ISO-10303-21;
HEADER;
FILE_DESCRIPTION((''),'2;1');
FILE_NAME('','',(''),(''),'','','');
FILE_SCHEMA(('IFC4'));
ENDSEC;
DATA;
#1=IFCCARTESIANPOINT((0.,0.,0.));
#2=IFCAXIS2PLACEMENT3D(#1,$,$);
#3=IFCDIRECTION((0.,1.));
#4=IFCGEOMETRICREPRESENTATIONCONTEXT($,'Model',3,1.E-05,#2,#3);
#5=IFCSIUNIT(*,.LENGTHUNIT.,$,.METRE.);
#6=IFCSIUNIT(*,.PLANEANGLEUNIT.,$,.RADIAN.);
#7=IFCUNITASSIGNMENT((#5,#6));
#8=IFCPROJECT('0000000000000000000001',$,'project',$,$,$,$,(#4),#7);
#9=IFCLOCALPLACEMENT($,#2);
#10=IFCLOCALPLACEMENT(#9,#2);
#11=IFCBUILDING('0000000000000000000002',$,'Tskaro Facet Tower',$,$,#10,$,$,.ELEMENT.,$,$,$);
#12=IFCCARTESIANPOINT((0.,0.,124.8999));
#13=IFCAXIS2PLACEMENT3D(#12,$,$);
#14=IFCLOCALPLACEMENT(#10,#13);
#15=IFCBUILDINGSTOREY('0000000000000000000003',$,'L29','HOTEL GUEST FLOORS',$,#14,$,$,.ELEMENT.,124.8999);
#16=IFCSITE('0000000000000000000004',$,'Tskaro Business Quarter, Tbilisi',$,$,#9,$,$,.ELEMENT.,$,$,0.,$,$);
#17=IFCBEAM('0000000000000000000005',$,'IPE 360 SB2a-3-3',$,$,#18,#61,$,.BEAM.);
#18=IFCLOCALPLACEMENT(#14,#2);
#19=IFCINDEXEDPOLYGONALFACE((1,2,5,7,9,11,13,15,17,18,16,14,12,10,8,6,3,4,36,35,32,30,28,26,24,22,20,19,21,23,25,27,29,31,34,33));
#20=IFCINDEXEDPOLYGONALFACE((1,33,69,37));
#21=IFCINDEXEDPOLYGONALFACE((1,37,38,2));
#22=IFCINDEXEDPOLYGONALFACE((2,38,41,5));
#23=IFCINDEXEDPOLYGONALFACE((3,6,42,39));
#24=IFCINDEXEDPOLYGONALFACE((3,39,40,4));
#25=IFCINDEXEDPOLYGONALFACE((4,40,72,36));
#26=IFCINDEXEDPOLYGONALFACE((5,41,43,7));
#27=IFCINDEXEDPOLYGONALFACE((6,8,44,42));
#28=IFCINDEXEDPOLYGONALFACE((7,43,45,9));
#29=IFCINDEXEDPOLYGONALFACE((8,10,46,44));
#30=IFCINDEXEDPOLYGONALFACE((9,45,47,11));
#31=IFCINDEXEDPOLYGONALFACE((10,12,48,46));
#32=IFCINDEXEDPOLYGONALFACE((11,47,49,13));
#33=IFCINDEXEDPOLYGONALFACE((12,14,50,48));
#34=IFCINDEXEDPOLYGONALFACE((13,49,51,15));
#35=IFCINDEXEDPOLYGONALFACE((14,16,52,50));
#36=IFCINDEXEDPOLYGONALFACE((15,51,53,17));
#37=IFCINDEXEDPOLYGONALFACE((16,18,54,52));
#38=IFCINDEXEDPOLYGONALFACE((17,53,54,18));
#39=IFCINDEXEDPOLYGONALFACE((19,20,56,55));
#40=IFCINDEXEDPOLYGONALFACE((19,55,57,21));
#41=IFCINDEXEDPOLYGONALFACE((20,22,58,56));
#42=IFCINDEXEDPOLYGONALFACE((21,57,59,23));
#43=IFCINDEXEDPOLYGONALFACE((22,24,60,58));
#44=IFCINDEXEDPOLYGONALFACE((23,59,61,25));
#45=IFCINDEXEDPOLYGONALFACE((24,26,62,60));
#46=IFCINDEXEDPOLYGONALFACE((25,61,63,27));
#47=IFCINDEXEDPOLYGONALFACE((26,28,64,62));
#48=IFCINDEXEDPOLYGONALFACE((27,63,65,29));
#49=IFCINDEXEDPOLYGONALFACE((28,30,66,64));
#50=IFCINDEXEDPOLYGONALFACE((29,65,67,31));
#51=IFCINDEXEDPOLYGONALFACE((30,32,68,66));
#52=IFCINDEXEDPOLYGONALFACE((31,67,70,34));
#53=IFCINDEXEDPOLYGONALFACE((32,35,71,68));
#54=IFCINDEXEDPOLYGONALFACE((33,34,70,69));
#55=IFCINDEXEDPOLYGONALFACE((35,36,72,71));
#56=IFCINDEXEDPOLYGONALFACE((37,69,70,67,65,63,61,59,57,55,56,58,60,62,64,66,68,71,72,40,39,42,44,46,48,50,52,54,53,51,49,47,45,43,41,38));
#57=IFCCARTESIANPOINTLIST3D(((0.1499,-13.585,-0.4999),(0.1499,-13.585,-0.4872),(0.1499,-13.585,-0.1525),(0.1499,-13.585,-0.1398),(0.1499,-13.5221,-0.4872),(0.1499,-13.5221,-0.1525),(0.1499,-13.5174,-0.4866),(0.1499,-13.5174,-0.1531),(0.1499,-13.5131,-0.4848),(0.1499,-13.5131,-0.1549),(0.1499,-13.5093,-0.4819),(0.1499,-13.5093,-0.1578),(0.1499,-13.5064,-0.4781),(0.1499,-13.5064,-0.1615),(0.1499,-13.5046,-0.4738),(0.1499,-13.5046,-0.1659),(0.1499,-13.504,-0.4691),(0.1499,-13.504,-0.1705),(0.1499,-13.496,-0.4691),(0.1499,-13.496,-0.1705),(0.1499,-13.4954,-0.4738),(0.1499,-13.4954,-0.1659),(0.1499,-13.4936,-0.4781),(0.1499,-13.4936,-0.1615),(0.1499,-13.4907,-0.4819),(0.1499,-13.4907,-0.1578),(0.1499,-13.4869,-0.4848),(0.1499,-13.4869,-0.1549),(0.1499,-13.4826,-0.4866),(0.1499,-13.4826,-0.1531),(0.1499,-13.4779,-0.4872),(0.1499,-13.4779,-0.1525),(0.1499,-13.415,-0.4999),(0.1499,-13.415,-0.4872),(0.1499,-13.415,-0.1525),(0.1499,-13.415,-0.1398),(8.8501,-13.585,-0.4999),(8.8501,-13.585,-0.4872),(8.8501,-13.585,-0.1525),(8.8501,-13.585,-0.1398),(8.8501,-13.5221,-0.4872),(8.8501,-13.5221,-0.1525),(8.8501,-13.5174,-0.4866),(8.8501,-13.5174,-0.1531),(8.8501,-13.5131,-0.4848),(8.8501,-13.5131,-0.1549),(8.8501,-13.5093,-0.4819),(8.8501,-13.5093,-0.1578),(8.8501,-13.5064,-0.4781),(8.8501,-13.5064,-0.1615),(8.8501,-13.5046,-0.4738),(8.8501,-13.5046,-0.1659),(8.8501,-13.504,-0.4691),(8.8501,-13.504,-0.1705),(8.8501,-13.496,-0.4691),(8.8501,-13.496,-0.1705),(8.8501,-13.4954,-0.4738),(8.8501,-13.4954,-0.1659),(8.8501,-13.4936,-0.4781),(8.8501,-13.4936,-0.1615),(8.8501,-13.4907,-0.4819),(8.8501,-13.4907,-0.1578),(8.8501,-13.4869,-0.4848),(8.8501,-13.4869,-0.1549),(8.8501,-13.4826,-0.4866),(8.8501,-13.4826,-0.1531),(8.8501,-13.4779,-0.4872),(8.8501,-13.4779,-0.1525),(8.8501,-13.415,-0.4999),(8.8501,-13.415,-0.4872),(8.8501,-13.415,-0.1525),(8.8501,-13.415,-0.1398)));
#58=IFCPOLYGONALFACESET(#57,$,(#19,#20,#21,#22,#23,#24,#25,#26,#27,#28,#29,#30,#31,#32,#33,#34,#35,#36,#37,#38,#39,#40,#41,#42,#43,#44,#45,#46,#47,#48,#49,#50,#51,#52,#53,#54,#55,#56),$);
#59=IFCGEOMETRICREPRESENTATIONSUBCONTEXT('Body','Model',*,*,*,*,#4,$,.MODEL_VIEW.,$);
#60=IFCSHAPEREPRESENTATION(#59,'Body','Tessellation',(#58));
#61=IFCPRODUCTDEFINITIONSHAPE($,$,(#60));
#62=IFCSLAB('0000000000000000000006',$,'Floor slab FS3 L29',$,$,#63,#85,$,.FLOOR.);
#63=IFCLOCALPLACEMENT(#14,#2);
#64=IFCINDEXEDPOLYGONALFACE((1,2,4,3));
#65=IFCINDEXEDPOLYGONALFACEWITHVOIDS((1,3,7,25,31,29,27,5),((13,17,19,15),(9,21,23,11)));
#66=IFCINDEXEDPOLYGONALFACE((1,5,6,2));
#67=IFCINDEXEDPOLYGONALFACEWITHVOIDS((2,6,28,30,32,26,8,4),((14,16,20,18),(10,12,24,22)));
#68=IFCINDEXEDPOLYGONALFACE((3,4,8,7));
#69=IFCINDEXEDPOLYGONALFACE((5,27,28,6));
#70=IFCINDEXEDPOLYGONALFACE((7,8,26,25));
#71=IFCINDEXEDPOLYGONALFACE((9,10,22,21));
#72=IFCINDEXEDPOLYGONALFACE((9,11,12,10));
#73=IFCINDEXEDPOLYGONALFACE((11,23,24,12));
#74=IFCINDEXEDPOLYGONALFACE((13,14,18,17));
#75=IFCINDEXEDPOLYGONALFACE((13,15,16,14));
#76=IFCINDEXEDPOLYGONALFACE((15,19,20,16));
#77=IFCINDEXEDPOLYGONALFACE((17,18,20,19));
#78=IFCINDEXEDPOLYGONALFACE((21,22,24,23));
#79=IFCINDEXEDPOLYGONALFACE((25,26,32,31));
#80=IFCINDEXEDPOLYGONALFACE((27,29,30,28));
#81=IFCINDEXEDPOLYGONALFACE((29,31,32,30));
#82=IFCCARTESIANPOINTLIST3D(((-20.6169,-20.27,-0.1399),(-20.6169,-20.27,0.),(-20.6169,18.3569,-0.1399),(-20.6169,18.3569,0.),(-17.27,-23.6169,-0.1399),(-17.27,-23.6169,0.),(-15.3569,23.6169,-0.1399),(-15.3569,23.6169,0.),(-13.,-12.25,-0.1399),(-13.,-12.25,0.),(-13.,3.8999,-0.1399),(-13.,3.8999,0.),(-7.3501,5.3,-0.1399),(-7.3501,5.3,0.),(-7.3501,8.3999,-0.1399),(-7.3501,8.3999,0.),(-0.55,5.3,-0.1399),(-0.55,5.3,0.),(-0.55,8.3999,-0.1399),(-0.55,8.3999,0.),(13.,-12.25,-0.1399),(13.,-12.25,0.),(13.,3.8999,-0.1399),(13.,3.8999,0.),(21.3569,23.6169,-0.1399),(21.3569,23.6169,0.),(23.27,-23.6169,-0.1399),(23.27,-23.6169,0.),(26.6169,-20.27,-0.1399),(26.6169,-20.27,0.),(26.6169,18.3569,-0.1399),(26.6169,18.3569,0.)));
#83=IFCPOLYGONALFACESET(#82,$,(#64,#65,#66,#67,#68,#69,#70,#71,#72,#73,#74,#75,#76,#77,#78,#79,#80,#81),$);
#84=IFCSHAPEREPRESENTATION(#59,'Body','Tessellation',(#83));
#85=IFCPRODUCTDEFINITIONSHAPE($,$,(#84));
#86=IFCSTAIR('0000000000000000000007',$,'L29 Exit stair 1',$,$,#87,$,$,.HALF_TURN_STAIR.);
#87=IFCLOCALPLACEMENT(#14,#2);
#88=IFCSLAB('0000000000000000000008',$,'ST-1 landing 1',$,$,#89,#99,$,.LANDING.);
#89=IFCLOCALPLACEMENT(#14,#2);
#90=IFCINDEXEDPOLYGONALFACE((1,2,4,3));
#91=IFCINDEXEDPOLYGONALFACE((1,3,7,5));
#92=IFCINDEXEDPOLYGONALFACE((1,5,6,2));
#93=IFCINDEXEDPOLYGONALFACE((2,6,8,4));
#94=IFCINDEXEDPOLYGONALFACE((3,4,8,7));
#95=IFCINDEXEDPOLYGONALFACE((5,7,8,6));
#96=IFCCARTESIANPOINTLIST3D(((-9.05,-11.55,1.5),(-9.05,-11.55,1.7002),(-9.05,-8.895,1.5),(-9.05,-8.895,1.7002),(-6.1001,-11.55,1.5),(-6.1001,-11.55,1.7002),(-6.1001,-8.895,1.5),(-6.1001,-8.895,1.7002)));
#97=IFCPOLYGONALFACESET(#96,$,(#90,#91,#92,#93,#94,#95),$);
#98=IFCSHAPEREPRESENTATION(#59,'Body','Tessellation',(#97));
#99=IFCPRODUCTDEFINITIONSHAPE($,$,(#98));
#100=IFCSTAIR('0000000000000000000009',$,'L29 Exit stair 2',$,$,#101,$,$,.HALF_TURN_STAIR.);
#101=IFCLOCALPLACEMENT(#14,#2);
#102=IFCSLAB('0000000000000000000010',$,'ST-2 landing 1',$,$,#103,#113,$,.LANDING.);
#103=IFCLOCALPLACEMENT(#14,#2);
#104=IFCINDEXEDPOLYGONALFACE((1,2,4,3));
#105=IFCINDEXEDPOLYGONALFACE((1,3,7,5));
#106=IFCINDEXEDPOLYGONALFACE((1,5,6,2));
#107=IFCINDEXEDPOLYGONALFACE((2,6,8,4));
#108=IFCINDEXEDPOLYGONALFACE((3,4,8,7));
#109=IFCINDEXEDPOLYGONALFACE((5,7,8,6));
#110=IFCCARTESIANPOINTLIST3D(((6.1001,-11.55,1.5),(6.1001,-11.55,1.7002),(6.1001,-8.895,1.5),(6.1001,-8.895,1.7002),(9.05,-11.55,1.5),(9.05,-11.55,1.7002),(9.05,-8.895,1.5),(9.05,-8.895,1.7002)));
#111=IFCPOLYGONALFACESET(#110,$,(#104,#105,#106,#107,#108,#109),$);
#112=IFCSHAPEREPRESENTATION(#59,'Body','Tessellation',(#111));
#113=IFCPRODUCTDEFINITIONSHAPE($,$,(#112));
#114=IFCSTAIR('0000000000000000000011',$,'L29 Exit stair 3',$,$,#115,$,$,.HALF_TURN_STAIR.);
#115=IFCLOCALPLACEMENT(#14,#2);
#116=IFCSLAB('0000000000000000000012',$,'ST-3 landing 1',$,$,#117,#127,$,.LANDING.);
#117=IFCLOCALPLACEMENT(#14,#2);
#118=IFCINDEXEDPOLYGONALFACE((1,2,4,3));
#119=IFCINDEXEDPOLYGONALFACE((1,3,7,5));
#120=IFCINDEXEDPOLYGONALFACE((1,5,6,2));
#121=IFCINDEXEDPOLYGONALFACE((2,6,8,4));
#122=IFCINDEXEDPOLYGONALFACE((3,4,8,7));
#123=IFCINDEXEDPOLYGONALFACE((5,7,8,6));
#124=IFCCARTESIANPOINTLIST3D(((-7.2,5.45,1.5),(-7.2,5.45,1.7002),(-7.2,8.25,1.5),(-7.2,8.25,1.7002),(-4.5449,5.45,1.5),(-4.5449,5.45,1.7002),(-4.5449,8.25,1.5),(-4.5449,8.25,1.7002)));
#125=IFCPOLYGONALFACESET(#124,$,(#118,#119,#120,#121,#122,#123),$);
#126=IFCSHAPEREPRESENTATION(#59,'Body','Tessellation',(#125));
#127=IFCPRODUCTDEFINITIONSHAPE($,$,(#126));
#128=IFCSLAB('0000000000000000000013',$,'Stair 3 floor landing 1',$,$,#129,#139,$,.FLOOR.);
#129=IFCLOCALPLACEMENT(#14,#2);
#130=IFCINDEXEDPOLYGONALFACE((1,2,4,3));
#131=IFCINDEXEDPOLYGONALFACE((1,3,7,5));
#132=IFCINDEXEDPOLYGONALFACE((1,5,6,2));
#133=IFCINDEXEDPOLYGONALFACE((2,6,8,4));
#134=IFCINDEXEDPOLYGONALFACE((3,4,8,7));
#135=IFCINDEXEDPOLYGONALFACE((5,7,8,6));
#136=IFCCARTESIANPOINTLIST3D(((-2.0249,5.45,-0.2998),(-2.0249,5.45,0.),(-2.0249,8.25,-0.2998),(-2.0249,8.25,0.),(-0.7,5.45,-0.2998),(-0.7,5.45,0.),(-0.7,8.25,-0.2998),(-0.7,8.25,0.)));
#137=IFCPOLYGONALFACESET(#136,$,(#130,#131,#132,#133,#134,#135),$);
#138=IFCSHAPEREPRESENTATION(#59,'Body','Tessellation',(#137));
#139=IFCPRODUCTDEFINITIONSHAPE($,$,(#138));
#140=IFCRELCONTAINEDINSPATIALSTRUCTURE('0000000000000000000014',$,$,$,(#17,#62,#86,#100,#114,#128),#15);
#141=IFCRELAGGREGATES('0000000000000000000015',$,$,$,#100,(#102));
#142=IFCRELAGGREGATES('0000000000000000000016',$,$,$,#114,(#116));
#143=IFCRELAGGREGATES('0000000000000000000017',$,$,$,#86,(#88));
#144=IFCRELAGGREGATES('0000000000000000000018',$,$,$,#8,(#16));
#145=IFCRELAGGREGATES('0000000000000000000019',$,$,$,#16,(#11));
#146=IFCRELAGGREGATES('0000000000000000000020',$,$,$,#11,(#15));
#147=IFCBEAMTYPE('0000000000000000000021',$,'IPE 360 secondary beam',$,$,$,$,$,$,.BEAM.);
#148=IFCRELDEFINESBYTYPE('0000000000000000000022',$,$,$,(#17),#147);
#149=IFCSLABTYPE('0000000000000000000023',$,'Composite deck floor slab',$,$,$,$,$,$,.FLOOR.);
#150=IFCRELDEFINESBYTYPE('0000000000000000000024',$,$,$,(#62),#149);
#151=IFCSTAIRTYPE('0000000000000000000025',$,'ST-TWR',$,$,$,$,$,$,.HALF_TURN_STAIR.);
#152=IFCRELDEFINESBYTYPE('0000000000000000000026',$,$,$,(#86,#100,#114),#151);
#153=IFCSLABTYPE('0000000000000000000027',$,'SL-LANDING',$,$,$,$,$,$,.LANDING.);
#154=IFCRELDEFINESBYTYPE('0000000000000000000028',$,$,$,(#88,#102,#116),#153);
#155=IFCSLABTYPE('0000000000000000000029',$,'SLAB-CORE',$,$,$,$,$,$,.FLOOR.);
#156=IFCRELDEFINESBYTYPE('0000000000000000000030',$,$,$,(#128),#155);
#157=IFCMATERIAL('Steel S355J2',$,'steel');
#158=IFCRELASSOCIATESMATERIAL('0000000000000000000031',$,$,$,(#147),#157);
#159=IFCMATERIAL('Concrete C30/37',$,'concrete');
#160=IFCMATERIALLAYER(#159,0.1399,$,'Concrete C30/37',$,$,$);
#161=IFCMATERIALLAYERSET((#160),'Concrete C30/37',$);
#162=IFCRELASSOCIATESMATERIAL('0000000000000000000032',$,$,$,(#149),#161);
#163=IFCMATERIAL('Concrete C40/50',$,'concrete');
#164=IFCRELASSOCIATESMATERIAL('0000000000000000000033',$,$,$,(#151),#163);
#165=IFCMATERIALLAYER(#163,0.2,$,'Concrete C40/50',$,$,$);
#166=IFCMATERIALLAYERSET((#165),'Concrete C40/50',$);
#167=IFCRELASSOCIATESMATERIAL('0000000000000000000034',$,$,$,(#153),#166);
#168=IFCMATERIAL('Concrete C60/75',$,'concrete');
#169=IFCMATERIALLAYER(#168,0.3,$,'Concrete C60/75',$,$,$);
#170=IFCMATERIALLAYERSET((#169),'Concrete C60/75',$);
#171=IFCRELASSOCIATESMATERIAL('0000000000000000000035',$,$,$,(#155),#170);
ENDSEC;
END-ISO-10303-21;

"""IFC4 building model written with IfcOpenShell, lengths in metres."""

from ifc_helpers import new_model, si_unit, direction, frame, origin, origin_2d, place, context, subcontext, project, spatial, polyline, i_section, outline, extrude, material, layer, layer_set, material_profile, profile_set, type_object, element, aggregate, save


model = new_model("IFC4")

# Units and contexts
model_context = context("Model", 3, precision=1e-05, world=origin(), true_north=direction((0.0, 1.0)))
body_context = subcontext(model_context, "Body", "Model", "MODEL_VIEW")
ifc_project = project(units=[si_unit("LENGTHUNIT", "METRE"), si_unit("PLANEANGLEUNIT", "RADIAN")], contexts=[model_context])

# Site, building, storey
site_placement = place(None, origin())
site = spatial("IfcSite", under=ifc_project, at=site_placement, Name="Tskaro Business Quarter, Tbilisi", CompositionType="ELEMENT", RefElevation=0.0)
building_placement = place(site_placement, origin())
building = spatial("IfcBuilding", under=site, at=building_placement, Name="Tskaro Facet Tower", CompositionType="ELEMENT")
storey_placement = place(building_placement, frame((0.0, 0.0, 124.8999)))
storey = spatial("IfcBuildingStorey", under=building, at=storey_placement, Name="L29", Description="HOTEL GUEST FLOORS", CompositionType="ELEMENT", Elevation=124.8999)

# Beam
ifc_material_1 = material(Name="Steel S355J2", Category="steel")
ifc_material_profile = material_profile(ifc_material_1, i_section(OverallWidth=0.1699, OverallDepth=0.3601, WebThickness=0.0081, FlangeThickness=0.0127, FilletRadius=0.0181, at=origin_2d()), Name="IPE 360")
ifc_profile_set = profile_set([ifc_material_profile], Name="Steel S355J2")
beam_type = type_object("IfcBeamType", Name="IPE 360 secondary beam", PredefinedType="BEAM", material=ifc_profile_set)
beam_placement = place(storey_placement, frame((0.1499, -13.5, -0.3198), z_axis=(1.0, 0.0, 0.0), x_axis=(0.0, 1.0, 0.0)))
element("IfcBeam", 1, at=beam_placement, inside=storey, type_object=beam_type, Name="IPE 360 SB2a-3-3", PredefinedType="BEAM", context=body_context, shape_type="SweptSolid", body=[
    extrude(i_section(OverallWidth=0.1699, OverallDepth=0.3601, WebThickness=0.0081, FlangeThickness=0.0127, FilletRadius=0.0181, at=origin_2d()), origin(), (0.0, 0.0, 1.0), 8.7002),
])

# Slab
ifc_material_2 = material(Name="Concrete C30/37", Category="concrete")
ifc_layer_1 = layer(ifc_material_2, 0.1399, Name="Concrete C30/37")
ifc_layer_set_1 = layer_set([ifc_layer_1], Name="Concrete C30/37")
slab_type_1 = type_object("IfcSlabType", Name="Composite deck floor slab", PredefinedType="FLOOR", material=ifc_layer_set_1)
slab_1_placement = place(storey_placement, frame((0.0, 0.0, -0.1399)))
element("IfcSlab", 2, at=slab_1_placement, inside=storey, type_object=slab_type_1, Name="Floor slab FS3 L29", PredefinedType="FLOOR", context=body_context, shape_type="SweptSolid", body=[
    extrude(outline(polyline([(-17.27, -23.6169), (23.27, -23.6169), (26.6169, -20.27), (26.6169, 18.3569), (21.3569, 23.6169), (-15.3569, 23.6169), (-20.6169, 18.3569), (-20.6169, -20.27), (-17.27, -23.6169)]), holes=[polyline([(-13.0, -12.25), (13.0, -12.25), (13.0, 3.8999), (-13.0, 3.8999), (-13.0, -12.25)]), polyline([(-7.3501, 5.3), (-0.55, 5.3), (-0.55, 8.3999), (-7.3501, 8.3999), (-7.3501, 5.3)])]), origin(), (0.0, 0.0, 1.0), 0.1399),
])

# Stairs, slabs
ifc_material_3 = material(Name="Concrete C40/50", Category="concrete")
stair_type = type_object("IfcStairType", Name="ST-TWR", PredefinedType="HALF_TURN_STAIR", material=ifc_material_3)
stair_1_placement = place(storey_placement, origin())
stair_1 = element("IfcStair", 3, at=stair_1_placement, inside=storey, type_object=stair_type, Name="L29 Exit stair 1", PredefinedType="HALF_TURN_STAIR")
ifc_layer_2 = layer(ifc_material_3, 0.2, Name="Concrete C40/50")
ifc_layer_set_2 = layer_set([ifc_layer_2], Name="Concrete C40/50")
slab_type_2 = type_object("IfcSlabType", Name="SL-LANDING", PredefinedType="LANDING", material=ifc_layer_set_2)
slab_2_placement = place(storey_placement, frame((0.0, 0.0, 1.5)))
slab_2 = element("IfcSlab", 4, at=slab_2_placement, type_object=slab_type_2, Name="ST-1 landing 1", PredefinedType="LANDING", context=body_context, shape_type="SweptSolid", body=[
    extrude(outline(polyline([(-9.05, -11.55), (-6.1001, -11.55), (-6.1001, -8.895), (-9.05, -8.895), (-9.05, -11.55)])), origin(), (0.0, 0.0, 1.0), 0.2002),
])
stair_2_placement = place(storey_placement, origin())
stair_2 = element("IfcStair", 5, at=stair_2_placement, inside=storey, type_object=stair_type, Name="L29 Exit stair 2", PredefinedType="HALF_TURN_STAIR")
slab_3_placement = place(storey_placement, frame((0.0, 0.0, 1.5)))
slab_3 = element("IfcSlab", 6, at=slab_3_placement, type_object=slab_type_2, Name="ST-2 landing 1", PredefinedType="LANDING", context=body_context, shape_type="SweptSolid", body=[
    extrude(outline(polyline([(6.1001, -11.55), (9.05, -11.55), (9.05, -8.895), (6.1001, -8.895), (6.1001, -11.55)])), origin(), (0.0, 0.0, 1.0), 0.2002),
])
aggregate(stair_2, [slab_3])
stair_3_placement = place(storey_placement, origin())
stair_3 = element("IfcStair", 7, at=stair_3_placement, inside=storey, type_object=stair_type, Name="L29 Exit stair 3", PredefinedType="HALF_TURN_STAIR")
slab_4_placement = place(storey_placement, frame((0.0, 0.0, 1.5)))
slab_4 = element("IfcSlab", 8, at=slab_4_placement, type_object=slab_type_2, Name="ST-3 landing 1", PredefinedType="LANDING", context=body_context, shape_type="SweptSolid", body=[
    extrude(outline(polyline([(-7.2, 5.45), (-4.5449, 5.45), (-4.5449, 8.25), (-7.2, 8.25), (-7.2, 5.45)])), origin(), (0.0, 0.0, 1.0), 0.2002),
])
aggregate(stair_3, [slab_4])

# Slab
ifc_material_4 = material(Name="Concrete C60/75", Category="concrete")
ifc_layer_3 = layer(ifc_material_4, 0.3, Name="Concrete C60/75")
ifc_layer_set_3 = layer_set([ifc_layer_3], Name="Concrete C60/75")
slab_type_3 = type_object("IfcSlabType", Name="SLAB-CORE", PredefinedType="FLOOR", material=ifc_layer_set_3)
slab_5_placement = place(storey_placement, frame((0.0, 0.0, -0.2998)))
element("IfcSlab", 9, at=slab_5_placement, inside=storey, type_object=slab_type_3, Name="Stair 3 floor landing 1", PredefinedType="FLOOR", context=body_context, shape_type="SweptSolid", body=[
    extrude(outline(polyline([(-2.0249, 5.45), (-0.7, 5.45), (-0.7, 8.25), (-2.0249, 8.25), (-2.0249, 5.45)])), origin(), (0.0, 0.0, 1.0), 0.2998),
])

aggregate(stair_1, [slab_2])

save(model, "model.ifc")
